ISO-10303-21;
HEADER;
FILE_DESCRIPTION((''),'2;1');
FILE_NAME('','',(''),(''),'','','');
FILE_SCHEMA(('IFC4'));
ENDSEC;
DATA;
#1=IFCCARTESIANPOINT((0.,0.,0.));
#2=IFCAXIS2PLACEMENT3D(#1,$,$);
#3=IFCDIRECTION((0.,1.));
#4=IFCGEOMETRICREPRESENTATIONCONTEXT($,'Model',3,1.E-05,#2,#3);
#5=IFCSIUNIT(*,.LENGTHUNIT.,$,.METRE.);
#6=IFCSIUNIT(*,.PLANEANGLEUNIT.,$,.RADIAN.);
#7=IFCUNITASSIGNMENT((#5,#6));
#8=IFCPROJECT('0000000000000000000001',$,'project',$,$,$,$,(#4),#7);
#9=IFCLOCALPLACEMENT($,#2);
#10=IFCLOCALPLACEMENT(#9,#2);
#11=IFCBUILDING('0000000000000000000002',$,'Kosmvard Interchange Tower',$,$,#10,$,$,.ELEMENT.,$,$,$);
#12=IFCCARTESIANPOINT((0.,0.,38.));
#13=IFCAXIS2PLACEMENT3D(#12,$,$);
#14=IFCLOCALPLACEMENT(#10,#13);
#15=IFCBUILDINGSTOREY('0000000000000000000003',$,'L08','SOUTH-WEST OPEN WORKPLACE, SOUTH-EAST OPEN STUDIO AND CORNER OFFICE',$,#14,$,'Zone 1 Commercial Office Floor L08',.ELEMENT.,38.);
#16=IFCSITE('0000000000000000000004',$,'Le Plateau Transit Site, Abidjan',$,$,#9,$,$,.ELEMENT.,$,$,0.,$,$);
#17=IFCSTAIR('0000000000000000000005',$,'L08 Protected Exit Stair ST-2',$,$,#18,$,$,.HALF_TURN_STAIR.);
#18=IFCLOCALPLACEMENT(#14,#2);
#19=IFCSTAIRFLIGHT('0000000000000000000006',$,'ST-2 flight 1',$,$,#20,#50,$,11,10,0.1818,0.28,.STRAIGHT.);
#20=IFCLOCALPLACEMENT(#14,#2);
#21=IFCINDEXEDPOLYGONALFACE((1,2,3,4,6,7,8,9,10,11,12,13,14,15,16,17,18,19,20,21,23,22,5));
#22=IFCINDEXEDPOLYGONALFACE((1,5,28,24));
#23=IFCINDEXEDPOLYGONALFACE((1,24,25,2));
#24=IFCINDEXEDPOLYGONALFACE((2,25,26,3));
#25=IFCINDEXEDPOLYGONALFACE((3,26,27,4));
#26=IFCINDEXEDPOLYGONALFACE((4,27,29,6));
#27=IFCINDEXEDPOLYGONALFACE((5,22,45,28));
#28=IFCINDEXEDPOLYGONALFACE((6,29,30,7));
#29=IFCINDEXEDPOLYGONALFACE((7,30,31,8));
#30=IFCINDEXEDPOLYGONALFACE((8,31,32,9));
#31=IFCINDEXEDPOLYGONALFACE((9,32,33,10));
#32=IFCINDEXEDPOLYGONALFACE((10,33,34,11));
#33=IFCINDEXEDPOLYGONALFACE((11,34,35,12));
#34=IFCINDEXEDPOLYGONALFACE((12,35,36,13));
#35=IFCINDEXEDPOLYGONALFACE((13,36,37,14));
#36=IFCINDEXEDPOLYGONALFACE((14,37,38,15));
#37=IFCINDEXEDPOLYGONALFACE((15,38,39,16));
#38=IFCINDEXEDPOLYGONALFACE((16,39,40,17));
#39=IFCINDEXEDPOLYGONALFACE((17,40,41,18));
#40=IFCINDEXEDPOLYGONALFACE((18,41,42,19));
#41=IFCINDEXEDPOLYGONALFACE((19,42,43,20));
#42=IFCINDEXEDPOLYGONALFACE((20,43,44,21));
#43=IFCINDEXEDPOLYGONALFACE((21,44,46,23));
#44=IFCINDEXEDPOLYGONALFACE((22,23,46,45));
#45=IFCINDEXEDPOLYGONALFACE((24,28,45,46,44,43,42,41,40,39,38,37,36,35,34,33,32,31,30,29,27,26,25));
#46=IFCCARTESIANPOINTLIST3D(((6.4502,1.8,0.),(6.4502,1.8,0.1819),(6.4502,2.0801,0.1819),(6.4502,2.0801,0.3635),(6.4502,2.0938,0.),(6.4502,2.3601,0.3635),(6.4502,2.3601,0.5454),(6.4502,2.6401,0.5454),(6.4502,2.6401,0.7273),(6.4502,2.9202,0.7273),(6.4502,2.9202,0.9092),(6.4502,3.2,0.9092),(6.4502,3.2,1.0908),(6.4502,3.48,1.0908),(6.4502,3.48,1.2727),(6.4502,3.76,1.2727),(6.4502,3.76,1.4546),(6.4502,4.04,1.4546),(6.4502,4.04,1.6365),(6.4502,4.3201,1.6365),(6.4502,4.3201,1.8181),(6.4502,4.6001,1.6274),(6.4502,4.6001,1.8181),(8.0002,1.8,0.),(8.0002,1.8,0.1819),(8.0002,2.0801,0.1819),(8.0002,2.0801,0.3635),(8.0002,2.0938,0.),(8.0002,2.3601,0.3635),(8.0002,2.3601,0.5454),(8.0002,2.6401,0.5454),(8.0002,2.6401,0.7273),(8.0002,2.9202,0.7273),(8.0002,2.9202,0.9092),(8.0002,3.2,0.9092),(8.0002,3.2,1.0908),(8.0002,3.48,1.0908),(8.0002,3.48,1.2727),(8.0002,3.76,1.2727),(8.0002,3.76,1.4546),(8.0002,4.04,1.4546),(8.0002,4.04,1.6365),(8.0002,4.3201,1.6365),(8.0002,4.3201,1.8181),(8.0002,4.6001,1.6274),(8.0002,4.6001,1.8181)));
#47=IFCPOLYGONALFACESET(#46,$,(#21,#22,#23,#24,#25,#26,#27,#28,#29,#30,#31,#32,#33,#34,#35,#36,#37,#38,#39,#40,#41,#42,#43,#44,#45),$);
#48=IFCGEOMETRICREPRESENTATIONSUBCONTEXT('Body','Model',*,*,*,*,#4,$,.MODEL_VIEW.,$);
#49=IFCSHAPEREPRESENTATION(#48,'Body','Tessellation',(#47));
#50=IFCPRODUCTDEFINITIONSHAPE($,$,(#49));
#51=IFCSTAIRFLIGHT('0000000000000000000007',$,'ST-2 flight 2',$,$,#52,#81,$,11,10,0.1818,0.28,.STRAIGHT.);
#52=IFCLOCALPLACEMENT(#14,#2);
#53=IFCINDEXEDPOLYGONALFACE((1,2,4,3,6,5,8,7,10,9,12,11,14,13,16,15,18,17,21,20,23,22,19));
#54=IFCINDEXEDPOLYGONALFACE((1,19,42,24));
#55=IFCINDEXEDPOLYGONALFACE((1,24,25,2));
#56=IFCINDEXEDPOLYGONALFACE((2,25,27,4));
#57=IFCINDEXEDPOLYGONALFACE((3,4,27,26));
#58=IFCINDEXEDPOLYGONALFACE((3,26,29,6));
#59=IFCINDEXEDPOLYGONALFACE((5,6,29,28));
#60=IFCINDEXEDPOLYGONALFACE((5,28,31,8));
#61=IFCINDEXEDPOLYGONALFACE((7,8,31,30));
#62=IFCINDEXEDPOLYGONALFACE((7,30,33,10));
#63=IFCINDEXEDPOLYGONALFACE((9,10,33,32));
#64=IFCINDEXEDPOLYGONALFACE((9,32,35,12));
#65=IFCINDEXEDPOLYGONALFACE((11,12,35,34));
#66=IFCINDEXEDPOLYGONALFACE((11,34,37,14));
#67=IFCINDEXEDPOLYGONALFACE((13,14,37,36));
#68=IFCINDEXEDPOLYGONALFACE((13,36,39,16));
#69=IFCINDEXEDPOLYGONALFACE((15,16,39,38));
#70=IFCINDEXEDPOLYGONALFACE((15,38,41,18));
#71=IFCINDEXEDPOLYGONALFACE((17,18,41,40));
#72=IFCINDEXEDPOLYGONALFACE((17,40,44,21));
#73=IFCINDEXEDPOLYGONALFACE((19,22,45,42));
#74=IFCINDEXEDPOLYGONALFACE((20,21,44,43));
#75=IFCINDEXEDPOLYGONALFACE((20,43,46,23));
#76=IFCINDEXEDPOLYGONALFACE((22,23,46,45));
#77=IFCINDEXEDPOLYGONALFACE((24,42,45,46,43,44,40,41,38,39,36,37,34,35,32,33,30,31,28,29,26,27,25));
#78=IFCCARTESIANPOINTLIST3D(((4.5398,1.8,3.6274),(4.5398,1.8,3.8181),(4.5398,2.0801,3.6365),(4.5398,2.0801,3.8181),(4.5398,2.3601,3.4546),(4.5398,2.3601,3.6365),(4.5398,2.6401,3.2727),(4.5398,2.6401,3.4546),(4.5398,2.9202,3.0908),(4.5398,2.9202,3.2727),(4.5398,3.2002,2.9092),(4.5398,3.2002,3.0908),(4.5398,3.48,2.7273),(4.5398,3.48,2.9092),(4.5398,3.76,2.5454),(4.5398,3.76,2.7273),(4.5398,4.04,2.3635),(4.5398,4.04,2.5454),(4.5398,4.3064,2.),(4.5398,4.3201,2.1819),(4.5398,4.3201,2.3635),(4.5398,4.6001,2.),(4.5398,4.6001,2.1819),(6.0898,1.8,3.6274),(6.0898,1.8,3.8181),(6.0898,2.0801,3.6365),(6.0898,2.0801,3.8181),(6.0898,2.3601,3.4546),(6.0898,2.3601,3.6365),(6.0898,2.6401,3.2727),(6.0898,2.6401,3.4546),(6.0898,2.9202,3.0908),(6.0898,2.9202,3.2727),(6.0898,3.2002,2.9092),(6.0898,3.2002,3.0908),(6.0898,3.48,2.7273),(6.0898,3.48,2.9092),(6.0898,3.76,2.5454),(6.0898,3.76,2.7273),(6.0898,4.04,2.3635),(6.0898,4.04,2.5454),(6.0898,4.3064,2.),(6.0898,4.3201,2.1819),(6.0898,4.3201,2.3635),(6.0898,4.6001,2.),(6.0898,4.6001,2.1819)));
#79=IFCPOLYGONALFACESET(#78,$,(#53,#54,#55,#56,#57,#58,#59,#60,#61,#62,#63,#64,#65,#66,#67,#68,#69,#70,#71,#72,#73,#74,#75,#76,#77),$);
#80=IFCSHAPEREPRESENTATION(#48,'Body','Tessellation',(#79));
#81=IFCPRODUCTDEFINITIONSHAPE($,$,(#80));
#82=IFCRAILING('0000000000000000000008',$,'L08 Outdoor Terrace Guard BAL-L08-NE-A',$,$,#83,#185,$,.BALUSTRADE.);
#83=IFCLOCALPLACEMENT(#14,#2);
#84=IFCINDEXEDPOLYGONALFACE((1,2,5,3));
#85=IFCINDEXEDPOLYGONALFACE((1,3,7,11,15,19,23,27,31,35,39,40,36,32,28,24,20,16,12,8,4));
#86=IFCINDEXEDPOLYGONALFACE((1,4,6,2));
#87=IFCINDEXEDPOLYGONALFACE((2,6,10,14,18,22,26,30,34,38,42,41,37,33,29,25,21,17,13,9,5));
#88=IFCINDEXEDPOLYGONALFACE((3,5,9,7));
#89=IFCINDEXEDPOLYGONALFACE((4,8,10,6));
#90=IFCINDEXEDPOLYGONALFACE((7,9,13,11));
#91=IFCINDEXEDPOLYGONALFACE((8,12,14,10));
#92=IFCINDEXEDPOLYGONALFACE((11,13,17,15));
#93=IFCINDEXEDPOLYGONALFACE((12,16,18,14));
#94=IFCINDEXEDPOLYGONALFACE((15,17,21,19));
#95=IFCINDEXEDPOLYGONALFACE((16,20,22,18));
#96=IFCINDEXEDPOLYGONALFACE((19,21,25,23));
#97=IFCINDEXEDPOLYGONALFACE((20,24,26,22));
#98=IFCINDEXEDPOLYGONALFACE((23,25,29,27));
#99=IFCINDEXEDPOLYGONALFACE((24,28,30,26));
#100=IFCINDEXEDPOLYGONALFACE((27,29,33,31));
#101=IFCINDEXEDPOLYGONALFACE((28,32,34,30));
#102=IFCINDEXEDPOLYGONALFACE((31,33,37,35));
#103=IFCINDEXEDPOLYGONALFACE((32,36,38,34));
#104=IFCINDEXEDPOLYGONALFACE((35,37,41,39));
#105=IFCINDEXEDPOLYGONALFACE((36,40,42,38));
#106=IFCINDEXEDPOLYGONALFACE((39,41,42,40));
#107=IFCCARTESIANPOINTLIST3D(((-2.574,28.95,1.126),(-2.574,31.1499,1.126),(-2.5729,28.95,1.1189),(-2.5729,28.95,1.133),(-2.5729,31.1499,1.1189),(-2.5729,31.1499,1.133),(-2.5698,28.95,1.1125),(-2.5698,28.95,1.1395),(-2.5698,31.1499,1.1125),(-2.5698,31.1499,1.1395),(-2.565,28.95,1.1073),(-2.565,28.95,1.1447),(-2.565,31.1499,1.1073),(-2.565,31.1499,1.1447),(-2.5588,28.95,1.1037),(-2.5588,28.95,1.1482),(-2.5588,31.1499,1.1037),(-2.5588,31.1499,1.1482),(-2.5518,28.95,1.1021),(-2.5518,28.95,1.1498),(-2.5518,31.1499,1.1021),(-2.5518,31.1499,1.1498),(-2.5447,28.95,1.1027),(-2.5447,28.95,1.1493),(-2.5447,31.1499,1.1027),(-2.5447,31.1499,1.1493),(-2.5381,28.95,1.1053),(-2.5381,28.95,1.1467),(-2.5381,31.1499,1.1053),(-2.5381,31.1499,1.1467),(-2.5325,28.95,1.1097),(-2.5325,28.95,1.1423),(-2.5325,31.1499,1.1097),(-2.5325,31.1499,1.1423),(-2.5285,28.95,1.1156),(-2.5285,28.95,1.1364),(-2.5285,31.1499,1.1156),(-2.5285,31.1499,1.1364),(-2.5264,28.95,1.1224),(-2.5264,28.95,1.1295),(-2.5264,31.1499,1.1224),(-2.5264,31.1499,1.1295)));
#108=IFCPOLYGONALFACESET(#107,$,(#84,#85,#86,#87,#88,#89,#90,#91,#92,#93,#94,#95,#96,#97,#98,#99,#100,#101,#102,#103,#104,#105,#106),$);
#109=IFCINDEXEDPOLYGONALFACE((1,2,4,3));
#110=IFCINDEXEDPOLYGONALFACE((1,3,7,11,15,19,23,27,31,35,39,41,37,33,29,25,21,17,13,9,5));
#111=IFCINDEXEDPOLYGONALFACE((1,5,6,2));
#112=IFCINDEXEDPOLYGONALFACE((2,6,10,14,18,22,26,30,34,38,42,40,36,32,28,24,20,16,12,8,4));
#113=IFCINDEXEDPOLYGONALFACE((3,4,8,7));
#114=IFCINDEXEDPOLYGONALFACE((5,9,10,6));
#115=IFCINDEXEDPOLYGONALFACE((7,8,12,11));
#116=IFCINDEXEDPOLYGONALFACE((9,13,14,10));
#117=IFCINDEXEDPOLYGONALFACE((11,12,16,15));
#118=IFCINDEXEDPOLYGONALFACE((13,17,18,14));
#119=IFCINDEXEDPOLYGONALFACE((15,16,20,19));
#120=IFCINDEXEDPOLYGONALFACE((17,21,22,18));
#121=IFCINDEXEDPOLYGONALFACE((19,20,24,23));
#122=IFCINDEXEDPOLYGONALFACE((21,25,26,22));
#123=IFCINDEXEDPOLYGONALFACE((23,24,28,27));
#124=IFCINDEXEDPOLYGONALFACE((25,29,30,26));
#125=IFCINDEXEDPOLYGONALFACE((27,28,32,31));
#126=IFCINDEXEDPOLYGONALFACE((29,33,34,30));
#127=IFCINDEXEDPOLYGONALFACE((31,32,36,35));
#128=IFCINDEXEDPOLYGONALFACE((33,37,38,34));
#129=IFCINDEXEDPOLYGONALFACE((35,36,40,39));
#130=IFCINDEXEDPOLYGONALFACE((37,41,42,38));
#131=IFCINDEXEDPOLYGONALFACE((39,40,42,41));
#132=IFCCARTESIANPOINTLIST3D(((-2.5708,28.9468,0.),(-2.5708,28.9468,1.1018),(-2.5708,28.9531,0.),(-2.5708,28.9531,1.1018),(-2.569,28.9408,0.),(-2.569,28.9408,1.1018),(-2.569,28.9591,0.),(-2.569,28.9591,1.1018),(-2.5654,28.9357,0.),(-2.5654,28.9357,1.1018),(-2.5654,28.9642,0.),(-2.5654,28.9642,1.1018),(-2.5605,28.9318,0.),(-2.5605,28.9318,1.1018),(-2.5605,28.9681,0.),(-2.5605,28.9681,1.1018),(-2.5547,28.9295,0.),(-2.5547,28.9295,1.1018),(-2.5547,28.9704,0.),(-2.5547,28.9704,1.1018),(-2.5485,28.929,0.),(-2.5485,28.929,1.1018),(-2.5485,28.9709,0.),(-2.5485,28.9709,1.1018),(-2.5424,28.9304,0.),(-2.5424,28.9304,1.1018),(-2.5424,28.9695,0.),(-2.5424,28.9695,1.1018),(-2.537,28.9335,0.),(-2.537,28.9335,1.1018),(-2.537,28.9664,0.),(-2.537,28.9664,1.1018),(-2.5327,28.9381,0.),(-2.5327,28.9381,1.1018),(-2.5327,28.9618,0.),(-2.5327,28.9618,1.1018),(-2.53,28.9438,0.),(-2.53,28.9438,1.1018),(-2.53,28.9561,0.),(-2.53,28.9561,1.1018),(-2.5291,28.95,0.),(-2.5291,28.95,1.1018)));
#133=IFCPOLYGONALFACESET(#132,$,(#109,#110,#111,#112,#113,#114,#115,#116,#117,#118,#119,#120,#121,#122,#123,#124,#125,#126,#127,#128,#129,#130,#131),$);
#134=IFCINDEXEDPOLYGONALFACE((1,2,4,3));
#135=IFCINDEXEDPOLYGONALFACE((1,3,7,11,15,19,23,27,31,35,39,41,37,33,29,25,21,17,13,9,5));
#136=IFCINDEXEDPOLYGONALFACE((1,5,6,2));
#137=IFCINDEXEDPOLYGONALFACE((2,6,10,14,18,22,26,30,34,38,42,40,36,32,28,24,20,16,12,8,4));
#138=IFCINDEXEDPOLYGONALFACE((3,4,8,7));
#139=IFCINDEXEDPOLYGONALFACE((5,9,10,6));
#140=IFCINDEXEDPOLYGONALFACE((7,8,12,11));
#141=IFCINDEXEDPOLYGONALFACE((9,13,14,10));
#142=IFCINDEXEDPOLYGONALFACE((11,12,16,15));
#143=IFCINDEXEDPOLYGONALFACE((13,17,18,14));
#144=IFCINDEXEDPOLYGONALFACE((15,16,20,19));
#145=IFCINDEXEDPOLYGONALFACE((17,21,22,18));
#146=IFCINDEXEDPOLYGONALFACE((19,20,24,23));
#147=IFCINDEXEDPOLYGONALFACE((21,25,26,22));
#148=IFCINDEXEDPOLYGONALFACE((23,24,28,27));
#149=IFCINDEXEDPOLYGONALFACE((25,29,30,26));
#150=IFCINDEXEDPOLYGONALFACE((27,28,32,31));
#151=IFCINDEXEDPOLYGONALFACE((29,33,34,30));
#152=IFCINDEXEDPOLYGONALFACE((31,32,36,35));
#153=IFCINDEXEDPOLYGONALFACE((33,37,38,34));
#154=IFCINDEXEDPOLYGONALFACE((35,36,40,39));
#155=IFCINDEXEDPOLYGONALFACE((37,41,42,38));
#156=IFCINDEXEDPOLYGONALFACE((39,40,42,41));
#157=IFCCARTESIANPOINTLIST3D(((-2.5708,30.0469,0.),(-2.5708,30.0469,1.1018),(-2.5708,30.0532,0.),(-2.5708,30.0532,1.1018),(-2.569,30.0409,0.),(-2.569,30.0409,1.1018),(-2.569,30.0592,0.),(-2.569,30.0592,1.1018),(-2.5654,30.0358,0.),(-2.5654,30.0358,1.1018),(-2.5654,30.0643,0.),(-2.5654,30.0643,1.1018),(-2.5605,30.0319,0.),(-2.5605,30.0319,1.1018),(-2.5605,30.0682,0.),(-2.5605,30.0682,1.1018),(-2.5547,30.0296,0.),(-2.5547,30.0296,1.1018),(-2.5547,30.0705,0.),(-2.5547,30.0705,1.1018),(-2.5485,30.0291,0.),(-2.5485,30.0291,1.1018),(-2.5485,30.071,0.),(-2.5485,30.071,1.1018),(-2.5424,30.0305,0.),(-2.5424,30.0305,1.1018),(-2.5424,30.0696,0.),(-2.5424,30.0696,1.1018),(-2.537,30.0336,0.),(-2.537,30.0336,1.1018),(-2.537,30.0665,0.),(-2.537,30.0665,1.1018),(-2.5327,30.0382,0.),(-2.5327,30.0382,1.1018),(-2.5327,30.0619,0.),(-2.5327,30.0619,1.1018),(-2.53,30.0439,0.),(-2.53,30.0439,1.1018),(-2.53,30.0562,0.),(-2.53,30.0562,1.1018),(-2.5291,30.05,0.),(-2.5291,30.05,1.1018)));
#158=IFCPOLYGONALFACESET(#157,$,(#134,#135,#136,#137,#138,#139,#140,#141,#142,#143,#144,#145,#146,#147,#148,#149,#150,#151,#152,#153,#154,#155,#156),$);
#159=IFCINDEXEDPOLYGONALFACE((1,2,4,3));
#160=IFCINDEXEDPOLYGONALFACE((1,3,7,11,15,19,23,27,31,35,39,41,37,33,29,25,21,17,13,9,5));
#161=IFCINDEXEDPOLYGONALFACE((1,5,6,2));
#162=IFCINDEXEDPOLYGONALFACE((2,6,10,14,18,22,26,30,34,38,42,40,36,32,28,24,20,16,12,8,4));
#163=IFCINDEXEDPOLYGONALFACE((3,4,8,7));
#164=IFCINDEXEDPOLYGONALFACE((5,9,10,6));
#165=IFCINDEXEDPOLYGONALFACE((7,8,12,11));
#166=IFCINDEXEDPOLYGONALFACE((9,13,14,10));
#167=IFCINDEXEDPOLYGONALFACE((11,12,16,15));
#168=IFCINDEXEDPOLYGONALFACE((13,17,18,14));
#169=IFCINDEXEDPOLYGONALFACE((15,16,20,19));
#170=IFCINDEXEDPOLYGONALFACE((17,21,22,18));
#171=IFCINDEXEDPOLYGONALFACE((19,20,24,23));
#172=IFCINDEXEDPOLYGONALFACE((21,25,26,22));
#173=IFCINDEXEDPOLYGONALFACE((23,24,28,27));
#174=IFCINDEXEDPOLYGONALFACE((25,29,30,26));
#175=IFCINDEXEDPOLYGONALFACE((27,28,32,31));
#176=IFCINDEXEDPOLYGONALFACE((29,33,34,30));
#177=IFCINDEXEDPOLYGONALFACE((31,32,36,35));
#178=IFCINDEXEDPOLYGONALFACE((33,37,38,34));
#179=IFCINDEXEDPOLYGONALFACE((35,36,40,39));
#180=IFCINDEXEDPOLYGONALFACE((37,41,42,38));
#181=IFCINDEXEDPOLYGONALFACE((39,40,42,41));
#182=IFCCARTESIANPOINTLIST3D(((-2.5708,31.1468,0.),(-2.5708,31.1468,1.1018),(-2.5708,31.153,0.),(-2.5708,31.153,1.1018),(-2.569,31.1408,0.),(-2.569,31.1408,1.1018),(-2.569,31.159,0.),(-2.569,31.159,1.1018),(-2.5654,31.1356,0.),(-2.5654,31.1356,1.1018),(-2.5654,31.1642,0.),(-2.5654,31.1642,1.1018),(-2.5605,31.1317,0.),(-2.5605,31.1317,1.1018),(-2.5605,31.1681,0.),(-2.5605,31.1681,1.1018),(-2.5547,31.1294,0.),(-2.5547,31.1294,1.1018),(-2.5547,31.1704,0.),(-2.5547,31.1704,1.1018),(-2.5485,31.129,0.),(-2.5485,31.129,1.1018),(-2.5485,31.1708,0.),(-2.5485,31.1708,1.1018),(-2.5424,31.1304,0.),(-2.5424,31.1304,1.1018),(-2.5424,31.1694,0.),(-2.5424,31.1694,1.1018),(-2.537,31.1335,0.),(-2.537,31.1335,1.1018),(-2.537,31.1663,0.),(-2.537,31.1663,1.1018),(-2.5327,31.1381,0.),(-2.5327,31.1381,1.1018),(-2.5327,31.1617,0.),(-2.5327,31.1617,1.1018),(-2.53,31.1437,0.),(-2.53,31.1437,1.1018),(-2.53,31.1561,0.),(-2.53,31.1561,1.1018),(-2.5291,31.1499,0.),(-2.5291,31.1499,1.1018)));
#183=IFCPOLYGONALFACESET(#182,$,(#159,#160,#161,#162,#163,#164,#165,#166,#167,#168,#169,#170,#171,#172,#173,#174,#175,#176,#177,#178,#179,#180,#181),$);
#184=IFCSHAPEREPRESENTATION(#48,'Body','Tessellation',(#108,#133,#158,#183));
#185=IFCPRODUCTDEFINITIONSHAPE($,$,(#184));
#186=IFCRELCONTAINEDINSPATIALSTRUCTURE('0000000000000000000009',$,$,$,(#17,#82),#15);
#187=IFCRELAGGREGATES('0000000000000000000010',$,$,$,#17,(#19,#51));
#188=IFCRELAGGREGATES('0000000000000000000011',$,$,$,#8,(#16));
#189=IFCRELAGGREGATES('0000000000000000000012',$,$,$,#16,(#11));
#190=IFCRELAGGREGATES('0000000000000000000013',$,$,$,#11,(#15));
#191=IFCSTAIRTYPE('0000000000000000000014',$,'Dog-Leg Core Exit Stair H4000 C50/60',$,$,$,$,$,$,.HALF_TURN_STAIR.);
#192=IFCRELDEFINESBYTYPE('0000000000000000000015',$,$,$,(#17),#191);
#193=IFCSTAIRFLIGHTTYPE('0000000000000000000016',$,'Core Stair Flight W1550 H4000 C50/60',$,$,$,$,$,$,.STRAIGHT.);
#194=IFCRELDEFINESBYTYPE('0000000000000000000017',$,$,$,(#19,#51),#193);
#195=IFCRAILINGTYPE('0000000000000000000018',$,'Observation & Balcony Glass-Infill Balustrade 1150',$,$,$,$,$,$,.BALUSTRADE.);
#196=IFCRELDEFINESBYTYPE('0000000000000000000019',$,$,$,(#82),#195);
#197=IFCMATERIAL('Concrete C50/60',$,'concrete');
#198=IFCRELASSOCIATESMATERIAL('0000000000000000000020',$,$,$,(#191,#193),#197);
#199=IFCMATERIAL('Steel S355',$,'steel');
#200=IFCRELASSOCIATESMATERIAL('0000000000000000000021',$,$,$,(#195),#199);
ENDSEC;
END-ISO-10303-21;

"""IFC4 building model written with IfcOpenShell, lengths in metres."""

from ifc_helpers import new_model, si_unit, direction, frame, origin, origin_2d, place, context, subcontext, project, spatial, polyline, circle, outline, extrude, source, transform, mapped, material, type_object, element, aggregate, save


model = new_model("IFC4")

# Units and contexts
model_context = context("Model", 3, precision=1e-05, world=origin(), true_north=direction((0.0, 1.0)))
body_context = subcontext(model_context, "Body", "Model", "MODEL_VIEW")
ifc_project = project(units=[si_unit("LENGTHUNIT", "METRE"), si_unit("PLANEANGLEUNIT", "RADIAN")], contexts=[model_context])

# Site, building, storey
site_placement = place(None, origin())
site = spatial("IfcSite", under=ifc_project, at=site_placement, Name="Le Plateau Transit Site, Abidjan", CompositionType="ELEMENT", RefElevation=0.0)
building_placement = place(site_placement, origin())
building = spatial("IfcBuilding", under=site, at=building_placement, Name="Kosmvard Interchange Tower", CompositionType="ELEMENT")
storey_placement = place(building_placement, frame((0.0, 0.0, 38.0)))
storey = spatial("IfcBuildingStorey", under=building, at=storey_placement, Name="L08", Description="SOUTH-WEST OPEN WORKPLACE, SOUTH-EAST OPEN STUDIO AND CORNER OFFICE", LongName="Zone 1 Commercial Office Floor L08", CompositionType="ELEMENT", Elevation=38.0)

# Shared definitions
ifc_material_1 = material(Name="Steel S355", Category="steel")

# Stair, stair flights
ifc_material_2 = material(Name="Concrete C50/60", Category="concrete")
stair_type = type_object("IfcStairType", Name="Dog-Leg Core Exit Stair H4000 C50/60", PredefinedType="HALF_TURN_STAIR", material=ifc_material_2)
stair_placement = place(storey_placement, origin())
stair = element("IfcStair", 1, at=stair_placement, inside=storey, type_object=stair_type, Name="L08 Protected Exit Stair ST-2", PredefinedType="HALF_TURN_STAIR")
stair_flight_type = type_object("IfcStairFlightType", Name="Core Stair Flight W1550 H4000 C50/60", PredefinedType="STRAIGHT", material=ifc_material_2)
shared_shape_1 = source(origin(), body_context, "Body", "SweptSolid", [
    extrude(outline(polyline([(0.0, 0.0), (0.0, 0.1819), (0.28, 0.1819), (0.28, 0.3635), (0.5601, 0.3635), (0.5601, 0.5454), (0.8401, 0.5454), (0.8401, 0.7273), (1.1201, 0.7273), (1.1201, 0.9092), (1.3999, 0.9092), (1.3999, 1.0908), (1.6799, 1.0908), (1.6799, 1.2727), (1.96, 1.2727), (1.96, 1.4546), (2.24, 1.4546), (2.24, 1.6365), (2.52, 1.6365), (2.52, 1.8181), (2.8, 1.8181), (2.8, 2.0), (2.8, 1.6274), (0.2937, 0.0), (0.0, 0.0)])), frame((0.0, 0.7749, 0.0), z_axis=(0.0, -1.0, 0.0), x_axis=(1.0, 0.0, 0.0)), (0.0, 0.0, 1.0), 1.55),
])
stair_flight_1_placement = place(storey_placement, frame((7.2251, 1.8, 0.0), z_axis=(0.0, 0.0, 1.0), x_axis=(0.0, 1.0, 0.0)))
stair_flight_1 = element("IfcStairFlight", 2, at=stair_flight_1_placement, type_object=stair_flight_type, Name="ST-2 flight 1", NumberOfRisers=11, NumberOfTreads=10, PredefinedType="STRAIGHT", RiserHeight=0.1818, TreadLength=0.28, context=body_context, shape_type="MappedRepresentation", body=[
    mapped(shared_shape_1, transform((0.0, 0.0, 0.0), scale=1.0)),
])
stair_flight_2_placement = place(storey_placement, frame((5.3149, 4.6001, 2.0), z_axis=(0.0, 0.0, 1.0), x_axis=(0.0, -1.0, 0.0)))
stair_flight_2 = element("IfcStairFlight", 3, at=stair_flight_2_placement, type_object=stair_flight_type, Name="ST-2 flight 2", NumberOfRisers=11, NumberOfTreads=10, PredefinedType="STRAIGHT", RiserHeight=0.1818, TreadLength=0.28, context=body_context, shape_type="MappedRepresentation", body=[
    mapped(shared_shape_1, transform((0.0, 0.0, 0.0), scale=1.0)),
])
aggregate(stair, [stair_flight_1, stair_flight_2])

# Railing
railing_type_1 = type_object("IfcRailingType", Name="Observation & Balcony Glass-Infill Balustrade 1150", PredefinedType="BALUSTRADE", material=ifc_material_1)
shared_shape_2 = source(origin(), body_context, "Body", "SweptSolid", [
    extrude(circle(Radius=0.0239, at=origin_2d()), frame((0.0, 0.0, 1.126), z_axis=(0.0, 1.0, 0.0), x_axis=(-1.0, 0.0, 0.0)), (0.0, 0.0, 1.0), 2.2),
    extrude(circle(Radius=0.021, at=origin_2d()), origin(), (0.0, 0.0, 1.0), 1.1018),
    extrude(circle(Radius=0.021, at=origin_2d()), frame((0.0, 1.1001, 0.0)), (0.0, 0.0, 1.0), 1.1018),
    extrude(circle(Radius=0.021, at=origin_2d()), frame((0.0, 2.2, 0.0)), (0.0, 0.0, 1.0), 1.1018),
])
railing_1_placement = place(storey_placement, frame((-2.55, 28.95, 0.0)))
element("IfcRailing", 4, at=railing_1_placement, inside=storey, type_object=railing_type_1, Name="L08 Outdoor Terrace Guard BAL-L08-NE-A", PredefinedType="BALUSTRADE", context=body_context, shape_type="MappedRepresentation", body=[
    mapped(shared_shape_2, transform((0.0, 0.0, 0.0), scale=1.0)),
])

save(model, "model.ifc")
